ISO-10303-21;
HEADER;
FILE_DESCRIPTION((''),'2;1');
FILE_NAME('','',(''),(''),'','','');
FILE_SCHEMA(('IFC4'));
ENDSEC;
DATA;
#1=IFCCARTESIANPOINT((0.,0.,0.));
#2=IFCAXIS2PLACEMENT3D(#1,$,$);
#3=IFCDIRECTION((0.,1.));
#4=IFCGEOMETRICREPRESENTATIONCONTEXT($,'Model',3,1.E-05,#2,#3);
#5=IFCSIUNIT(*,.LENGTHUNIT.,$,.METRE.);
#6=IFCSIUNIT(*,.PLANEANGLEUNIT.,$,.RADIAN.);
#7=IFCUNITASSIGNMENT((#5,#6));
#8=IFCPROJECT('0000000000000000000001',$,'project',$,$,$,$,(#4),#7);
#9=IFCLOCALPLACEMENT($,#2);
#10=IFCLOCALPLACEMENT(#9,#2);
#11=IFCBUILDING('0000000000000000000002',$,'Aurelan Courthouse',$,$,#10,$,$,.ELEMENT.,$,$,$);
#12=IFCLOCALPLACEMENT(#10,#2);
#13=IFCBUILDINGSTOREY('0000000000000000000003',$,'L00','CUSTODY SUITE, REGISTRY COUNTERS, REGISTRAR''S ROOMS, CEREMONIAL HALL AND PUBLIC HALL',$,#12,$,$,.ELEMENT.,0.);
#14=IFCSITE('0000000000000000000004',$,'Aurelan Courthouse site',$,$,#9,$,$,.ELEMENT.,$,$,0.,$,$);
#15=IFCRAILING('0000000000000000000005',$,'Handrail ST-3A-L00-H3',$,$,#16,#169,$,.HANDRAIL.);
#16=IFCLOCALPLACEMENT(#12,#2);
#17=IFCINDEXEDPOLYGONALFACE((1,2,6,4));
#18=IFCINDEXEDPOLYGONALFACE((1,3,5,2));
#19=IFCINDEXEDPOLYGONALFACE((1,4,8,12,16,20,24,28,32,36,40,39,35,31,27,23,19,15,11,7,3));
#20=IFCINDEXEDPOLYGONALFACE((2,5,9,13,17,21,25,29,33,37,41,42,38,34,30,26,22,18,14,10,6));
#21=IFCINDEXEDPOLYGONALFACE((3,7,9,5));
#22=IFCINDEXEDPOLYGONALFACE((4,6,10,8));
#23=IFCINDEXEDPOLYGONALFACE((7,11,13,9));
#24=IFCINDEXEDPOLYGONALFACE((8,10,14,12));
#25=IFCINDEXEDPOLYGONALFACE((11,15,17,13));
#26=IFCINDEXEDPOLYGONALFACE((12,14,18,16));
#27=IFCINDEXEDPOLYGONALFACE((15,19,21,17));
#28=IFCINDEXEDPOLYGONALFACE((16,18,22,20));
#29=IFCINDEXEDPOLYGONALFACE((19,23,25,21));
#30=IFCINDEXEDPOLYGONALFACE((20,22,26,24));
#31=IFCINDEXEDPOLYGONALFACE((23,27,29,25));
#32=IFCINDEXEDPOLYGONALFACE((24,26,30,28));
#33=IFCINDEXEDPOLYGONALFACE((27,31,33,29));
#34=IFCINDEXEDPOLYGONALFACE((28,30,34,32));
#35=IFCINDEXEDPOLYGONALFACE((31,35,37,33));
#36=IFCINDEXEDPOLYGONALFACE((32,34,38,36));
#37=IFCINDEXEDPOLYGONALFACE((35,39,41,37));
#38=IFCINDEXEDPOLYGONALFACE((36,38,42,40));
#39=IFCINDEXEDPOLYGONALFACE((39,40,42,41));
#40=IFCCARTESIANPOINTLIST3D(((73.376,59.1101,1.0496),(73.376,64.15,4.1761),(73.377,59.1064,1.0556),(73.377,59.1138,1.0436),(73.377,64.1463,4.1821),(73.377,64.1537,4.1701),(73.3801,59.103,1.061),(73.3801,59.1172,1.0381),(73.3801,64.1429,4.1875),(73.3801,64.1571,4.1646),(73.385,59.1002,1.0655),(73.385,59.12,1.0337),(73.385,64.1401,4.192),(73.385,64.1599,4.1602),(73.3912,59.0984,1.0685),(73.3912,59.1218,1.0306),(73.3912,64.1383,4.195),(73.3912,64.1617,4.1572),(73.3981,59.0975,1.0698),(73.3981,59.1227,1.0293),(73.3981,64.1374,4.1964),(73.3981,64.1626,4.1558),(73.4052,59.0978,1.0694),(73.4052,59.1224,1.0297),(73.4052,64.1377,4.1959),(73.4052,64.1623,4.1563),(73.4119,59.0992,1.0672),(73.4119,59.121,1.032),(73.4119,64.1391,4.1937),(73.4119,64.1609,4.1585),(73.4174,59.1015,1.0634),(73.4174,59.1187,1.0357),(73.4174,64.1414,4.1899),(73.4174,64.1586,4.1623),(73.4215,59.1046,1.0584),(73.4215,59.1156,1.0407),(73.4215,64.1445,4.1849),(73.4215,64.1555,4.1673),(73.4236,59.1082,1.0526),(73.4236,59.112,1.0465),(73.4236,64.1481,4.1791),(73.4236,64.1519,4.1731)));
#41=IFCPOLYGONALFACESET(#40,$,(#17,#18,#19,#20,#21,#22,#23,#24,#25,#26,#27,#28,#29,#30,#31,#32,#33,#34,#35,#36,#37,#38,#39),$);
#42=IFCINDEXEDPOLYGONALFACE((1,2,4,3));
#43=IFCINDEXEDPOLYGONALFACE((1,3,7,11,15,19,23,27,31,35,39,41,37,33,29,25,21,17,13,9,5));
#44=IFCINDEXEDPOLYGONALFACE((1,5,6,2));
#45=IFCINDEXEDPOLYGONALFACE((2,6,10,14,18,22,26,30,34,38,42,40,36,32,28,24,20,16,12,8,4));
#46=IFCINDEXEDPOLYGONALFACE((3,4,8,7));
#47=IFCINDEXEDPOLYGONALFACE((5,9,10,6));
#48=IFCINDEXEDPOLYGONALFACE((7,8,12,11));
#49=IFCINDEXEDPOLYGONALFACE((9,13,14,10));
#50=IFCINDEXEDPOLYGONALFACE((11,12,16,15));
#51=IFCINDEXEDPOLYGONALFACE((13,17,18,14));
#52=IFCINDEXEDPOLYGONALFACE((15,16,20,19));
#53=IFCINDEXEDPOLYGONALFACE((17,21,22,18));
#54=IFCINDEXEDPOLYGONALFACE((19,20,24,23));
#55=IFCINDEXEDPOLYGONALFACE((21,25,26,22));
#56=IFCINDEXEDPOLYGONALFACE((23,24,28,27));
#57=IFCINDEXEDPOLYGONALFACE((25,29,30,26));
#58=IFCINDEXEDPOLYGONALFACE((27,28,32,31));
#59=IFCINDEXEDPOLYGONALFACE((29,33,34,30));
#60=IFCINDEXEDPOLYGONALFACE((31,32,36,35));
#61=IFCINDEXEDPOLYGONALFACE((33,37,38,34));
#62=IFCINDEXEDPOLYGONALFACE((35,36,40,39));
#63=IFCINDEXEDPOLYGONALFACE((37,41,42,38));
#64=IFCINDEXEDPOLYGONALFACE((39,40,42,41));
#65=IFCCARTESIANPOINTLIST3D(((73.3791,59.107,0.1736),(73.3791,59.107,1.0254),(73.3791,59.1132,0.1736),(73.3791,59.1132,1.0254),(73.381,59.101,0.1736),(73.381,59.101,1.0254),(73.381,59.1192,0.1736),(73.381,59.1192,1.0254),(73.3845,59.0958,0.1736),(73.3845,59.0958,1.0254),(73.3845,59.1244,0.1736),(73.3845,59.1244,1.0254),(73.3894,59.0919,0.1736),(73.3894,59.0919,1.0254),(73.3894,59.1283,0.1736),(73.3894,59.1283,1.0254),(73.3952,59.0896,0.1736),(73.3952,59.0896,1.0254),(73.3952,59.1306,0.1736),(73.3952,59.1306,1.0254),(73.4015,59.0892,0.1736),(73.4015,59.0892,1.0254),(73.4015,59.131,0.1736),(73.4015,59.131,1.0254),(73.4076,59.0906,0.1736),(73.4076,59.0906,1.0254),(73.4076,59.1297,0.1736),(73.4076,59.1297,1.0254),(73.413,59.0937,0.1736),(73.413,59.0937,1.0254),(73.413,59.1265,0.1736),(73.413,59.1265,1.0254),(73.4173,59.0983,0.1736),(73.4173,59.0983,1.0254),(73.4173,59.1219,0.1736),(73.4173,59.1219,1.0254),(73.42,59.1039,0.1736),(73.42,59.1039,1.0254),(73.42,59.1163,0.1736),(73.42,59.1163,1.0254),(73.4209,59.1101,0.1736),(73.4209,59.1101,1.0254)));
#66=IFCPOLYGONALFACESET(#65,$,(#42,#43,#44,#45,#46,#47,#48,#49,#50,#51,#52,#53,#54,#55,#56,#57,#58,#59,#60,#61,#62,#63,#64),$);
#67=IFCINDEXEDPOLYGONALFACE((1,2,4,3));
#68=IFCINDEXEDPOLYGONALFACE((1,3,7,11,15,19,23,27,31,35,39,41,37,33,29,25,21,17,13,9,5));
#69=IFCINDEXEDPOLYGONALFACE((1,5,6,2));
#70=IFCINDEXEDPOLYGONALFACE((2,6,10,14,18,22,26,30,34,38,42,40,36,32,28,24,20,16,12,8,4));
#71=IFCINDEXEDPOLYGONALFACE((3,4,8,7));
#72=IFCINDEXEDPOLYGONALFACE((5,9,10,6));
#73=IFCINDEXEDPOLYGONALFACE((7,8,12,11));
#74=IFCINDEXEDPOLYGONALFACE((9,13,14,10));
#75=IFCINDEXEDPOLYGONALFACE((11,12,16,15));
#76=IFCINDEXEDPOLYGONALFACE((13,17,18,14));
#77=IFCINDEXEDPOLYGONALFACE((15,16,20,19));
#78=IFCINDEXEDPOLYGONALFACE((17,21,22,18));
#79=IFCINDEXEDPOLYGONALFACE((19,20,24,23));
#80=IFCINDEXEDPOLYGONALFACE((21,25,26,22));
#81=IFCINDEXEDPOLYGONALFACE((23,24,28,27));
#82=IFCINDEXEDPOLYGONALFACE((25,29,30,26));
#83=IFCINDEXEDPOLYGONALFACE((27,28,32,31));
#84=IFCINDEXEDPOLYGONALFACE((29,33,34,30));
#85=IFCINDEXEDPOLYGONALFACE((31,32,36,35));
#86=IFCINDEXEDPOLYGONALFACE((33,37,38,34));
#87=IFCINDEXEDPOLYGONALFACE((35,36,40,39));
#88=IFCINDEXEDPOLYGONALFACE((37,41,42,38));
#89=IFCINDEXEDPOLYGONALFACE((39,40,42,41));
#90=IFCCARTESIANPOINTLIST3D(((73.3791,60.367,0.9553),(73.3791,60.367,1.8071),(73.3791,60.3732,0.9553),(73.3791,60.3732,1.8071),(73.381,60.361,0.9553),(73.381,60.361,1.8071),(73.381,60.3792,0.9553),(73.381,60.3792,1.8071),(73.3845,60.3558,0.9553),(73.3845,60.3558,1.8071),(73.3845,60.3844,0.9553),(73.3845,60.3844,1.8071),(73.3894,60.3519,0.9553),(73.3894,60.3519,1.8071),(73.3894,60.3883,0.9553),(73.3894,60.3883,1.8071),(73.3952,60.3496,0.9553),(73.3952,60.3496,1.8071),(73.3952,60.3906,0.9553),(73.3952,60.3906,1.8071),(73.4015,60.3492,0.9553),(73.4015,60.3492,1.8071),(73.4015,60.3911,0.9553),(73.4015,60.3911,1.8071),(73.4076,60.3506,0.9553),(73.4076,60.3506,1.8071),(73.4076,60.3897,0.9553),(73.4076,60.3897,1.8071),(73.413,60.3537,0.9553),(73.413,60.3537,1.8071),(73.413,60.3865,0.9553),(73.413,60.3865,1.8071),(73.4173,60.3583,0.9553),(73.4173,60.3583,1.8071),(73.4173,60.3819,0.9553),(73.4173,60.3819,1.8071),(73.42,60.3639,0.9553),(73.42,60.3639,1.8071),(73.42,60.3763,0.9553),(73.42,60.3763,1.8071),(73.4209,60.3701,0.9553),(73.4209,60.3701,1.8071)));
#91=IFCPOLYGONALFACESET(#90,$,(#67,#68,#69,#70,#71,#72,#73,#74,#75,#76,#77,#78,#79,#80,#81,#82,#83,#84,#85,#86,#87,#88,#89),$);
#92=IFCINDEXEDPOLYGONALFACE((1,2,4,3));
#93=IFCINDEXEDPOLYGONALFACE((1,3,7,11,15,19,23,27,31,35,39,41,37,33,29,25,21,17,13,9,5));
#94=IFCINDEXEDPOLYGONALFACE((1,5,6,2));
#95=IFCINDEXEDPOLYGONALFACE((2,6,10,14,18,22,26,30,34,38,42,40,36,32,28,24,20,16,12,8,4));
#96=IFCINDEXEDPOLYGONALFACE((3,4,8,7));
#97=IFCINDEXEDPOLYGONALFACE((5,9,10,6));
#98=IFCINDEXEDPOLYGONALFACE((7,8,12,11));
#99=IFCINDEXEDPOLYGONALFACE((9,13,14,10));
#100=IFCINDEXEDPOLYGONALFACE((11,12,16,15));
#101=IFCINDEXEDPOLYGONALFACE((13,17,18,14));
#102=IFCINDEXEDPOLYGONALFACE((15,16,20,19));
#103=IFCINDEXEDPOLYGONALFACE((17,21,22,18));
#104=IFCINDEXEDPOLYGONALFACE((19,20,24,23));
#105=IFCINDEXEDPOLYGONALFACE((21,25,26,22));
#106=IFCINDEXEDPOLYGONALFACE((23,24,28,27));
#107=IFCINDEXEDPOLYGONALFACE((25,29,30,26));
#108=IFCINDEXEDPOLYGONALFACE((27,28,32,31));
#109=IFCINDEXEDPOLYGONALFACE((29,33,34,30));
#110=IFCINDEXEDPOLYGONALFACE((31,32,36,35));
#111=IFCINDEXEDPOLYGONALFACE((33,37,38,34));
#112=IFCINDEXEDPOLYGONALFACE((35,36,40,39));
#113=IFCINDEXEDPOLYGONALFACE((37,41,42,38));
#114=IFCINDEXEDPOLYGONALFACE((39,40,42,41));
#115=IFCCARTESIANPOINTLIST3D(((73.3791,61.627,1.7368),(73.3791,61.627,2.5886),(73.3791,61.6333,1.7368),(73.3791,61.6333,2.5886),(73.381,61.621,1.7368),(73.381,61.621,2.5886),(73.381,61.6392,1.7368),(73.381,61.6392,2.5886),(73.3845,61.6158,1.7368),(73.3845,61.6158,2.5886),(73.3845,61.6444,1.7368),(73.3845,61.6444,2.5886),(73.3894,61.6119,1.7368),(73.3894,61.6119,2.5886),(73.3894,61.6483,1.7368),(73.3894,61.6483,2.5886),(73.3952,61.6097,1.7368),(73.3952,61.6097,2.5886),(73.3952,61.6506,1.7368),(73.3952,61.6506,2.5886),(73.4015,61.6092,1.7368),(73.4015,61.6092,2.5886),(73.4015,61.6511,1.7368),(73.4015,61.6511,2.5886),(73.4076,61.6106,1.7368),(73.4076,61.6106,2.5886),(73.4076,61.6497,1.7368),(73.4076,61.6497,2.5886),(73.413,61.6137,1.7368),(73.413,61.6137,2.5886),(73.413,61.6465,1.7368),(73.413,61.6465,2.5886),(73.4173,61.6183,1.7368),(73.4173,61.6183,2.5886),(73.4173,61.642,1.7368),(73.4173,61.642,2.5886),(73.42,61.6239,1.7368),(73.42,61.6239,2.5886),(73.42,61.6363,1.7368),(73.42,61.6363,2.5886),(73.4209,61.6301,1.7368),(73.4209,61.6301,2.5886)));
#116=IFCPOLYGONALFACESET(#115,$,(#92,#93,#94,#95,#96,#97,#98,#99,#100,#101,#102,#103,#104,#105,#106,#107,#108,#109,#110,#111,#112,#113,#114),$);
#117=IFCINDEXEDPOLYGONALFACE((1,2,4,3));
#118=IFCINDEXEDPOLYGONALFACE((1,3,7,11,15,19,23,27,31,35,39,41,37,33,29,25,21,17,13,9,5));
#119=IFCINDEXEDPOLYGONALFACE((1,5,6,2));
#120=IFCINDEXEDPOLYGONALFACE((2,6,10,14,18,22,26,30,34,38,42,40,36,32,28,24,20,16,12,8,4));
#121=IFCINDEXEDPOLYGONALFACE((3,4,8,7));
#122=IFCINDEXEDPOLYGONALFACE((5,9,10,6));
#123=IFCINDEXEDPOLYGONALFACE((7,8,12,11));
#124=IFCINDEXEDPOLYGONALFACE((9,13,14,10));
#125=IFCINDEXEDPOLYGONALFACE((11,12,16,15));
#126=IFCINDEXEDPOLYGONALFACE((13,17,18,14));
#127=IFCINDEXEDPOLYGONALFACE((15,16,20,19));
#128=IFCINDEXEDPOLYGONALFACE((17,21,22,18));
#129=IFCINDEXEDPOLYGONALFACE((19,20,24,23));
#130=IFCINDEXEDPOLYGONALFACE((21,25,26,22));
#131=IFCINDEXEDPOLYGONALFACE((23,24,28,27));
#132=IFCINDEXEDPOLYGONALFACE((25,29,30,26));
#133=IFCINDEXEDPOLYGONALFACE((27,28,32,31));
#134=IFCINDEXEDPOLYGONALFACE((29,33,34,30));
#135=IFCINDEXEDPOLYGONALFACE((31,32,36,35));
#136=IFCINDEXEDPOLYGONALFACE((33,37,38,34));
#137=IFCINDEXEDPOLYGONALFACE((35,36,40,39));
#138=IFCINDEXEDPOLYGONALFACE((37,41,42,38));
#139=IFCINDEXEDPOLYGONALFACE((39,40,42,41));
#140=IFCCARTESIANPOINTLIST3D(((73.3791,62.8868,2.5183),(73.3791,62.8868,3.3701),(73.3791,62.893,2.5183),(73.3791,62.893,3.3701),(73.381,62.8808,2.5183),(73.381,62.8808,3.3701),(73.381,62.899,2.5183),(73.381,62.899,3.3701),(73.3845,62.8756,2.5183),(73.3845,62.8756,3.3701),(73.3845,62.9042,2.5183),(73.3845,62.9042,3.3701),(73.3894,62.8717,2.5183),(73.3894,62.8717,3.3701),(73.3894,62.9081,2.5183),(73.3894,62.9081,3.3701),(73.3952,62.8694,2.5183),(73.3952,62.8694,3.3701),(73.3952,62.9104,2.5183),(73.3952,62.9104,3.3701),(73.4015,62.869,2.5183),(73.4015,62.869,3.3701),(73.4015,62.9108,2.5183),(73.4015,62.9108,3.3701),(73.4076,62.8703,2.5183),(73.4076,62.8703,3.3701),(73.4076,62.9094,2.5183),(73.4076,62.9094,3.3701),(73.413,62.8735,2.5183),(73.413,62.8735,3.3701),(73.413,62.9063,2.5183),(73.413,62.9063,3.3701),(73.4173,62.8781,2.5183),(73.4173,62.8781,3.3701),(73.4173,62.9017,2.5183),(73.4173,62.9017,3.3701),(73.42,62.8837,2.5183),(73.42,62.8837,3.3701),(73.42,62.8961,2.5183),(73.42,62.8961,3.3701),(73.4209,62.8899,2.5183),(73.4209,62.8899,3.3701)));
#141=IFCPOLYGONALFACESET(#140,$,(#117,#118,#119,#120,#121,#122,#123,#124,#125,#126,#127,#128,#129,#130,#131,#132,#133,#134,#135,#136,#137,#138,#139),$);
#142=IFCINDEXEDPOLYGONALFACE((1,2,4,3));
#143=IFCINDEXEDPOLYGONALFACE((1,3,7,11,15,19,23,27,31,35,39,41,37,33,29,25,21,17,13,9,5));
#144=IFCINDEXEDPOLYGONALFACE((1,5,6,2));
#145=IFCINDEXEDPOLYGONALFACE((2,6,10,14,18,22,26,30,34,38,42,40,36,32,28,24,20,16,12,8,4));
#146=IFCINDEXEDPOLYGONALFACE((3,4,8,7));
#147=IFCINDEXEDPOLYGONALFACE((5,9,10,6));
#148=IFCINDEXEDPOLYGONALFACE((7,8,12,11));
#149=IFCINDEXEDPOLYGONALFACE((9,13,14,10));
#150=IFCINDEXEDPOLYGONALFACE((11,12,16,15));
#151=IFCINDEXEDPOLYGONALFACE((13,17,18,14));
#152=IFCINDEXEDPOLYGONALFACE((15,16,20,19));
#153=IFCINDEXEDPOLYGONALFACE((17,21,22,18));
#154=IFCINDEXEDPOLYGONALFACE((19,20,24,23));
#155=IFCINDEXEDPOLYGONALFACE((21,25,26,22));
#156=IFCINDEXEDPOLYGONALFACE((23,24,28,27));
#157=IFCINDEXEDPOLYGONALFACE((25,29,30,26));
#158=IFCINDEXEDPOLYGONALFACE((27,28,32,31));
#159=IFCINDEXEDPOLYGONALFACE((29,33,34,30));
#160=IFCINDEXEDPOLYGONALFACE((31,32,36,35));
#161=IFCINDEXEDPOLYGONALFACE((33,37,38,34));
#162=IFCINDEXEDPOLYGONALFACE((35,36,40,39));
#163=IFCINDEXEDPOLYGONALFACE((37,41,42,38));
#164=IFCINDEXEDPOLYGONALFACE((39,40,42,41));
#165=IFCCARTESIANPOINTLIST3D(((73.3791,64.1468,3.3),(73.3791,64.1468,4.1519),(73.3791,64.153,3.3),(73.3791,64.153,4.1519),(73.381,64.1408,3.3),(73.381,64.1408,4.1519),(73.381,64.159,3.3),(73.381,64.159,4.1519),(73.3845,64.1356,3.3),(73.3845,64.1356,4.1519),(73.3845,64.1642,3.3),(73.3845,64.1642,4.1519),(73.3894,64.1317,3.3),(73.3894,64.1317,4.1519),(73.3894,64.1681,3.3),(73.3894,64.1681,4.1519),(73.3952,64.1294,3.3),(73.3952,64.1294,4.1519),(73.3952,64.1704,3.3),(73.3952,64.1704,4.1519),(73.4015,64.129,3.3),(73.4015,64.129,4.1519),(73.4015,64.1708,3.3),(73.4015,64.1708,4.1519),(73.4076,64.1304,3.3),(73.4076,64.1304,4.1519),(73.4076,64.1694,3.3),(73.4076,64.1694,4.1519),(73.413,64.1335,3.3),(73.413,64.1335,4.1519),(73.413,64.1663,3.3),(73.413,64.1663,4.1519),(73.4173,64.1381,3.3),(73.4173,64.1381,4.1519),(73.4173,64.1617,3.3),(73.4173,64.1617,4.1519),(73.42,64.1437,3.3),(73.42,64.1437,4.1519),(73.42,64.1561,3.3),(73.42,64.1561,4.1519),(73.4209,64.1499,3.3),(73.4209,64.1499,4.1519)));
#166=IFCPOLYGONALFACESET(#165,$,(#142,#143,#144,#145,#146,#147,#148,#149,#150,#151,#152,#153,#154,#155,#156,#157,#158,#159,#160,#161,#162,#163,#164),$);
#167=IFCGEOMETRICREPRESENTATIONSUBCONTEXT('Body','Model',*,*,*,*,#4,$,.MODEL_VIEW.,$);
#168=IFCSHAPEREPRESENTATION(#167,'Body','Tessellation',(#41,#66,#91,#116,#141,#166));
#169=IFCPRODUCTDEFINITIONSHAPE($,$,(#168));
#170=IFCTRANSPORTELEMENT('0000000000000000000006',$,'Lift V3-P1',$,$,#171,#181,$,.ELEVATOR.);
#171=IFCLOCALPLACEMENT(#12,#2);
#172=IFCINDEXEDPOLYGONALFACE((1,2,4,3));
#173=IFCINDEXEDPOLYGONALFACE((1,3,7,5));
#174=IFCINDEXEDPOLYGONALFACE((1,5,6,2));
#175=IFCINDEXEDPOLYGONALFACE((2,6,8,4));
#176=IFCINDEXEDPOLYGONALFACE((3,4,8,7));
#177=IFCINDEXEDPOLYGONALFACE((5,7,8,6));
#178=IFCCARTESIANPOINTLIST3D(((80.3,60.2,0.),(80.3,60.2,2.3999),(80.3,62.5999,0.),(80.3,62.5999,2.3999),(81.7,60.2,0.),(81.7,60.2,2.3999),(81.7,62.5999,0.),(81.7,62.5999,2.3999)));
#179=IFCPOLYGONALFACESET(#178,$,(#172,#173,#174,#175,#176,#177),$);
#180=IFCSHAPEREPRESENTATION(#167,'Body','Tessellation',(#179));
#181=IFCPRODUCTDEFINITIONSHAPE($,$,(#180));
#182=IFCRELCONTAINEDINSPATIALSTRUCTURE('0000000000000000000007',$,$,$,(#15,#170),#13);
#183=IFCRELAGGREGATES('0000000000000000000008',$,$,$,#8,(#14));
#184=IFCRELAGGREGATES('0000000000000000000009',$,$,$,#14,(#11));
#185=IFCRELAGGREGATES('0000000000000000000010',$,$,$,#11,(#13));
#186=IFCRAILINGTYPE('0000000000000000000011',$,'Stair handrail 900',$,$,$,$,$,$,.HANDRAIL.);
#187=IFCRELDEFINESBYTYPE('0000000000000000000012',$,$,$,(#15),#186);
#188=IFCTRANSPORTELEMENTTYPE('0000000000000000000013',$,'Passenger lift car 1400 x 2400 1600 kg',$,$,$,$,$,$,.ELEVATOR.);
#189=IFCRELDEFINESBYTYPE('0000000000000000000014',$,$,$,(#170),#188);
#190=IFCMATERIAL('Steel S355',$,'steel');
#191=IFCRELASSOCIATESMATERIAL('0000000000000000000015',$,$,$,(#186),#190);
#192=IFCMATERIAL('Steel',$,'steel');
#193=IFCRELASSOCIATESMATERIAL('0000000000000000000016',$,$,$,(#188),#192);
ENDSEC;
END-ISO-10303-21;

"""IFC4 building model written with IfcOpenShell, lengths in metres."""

from ifc_helpers import new_model, si_unit, direction, frame, origin, origin_2d, place, context, subcontext, project, spatial, rectangle, circle, extrude, material, type_object, element, save


model = new_model("IFC4")

# Units and contexts
model_context = context("Model", 3, precision=1e-05, world=origin(), true_north=direction((0.0, 1.0)))
body_context = subcontext(model_context, "Body", "Model", "MODEL_VIEW")
ifc_project = project(units=[si_unit("LENGTHUNIT", "METRE"), si_unit("PLANEANGLEUNIT", "RADIAN")], contexts=[model_context])

# Site, building, storey
site_placement = place(None, origin())
site = spatial("IfcSite", under=ifc_project, at=site_placement, Name="Aurelan Courthouse site", CompositionType="ELEMENT", RefElevation=0.0)
building_placement = place(site_placement, origin())
building = spatial("IfcBuilding", under=site, at=building_placement, Name="Aurelan Courthouse", CompositionType="ELEMENT")
storey_placement = place(building_placement, origin())
storey = spatial("IfcBuildingStorey", under=building, at=storey_placement, Name="L00", Description="CUSTODY SUITE, REGISTRY COUNTERS, REGISTRAR'S ROOMS, CEREMONIAL HALL AND PUBLIC HALL", CompositionType="ELEMENT", Elevation=0.0)

# Shared definitions
ifc_material_1 = material(Name="Steel", Category="steel")

# Railing
ifc_material_2 = material(Name="Steel S355", Category="steel")
railing_type = type_object("IfcRailingType", Name="Stair handrail 900", PredefinedType="HANDRAIL", material=ifc_material_2)
for number, where, name in (
    (1, (73.3999, 59.1101, 0.1736), "Handrail ST-3A-L00-H3"),
):
    element("IfcRailing", number, at=place(storey_placement, frame(where)), inside=storey, type_object=railing_type, Name=name, PredefinedType="HANDRAIL", context=body_context, shape_type="SweptSolid", body=[
        extrude(circle(Radius=0.0239, at=origin_2d()), frame((0.0, 0.0, 0.876), z_axis=(0.0, 0.849767, 0.527158), x_axis=(-1.0, 0.0, 0.0)), (0.0, 0.0, 1.0), 5.9309),
        extrude(circle(Radius=0.021, at=origin_2d()), origin(), (0.0, 0.0, 1.0), 0.8518),
        extrude(circle(Radius=0.021, at=origin_2d()), frame((0.0, 1.26, 0.7817)), (0.0, 0.0, 1.0), 0.8518),
        extrude(circle(Radius=0.021, at=origin_2d()), frame((0.0, 2.52, 1.5632)), (0.0, 0.0, 1.0), 0.8518),
        extrude(circle(Radius=0.021, at=origin_2d()), frame((0.0, 3.7798, 2.3447)), (0.0, 0.0, 1.0), 0.8518),
        extrude(circle(Radius=0.021, at=origin_2d()), frame((0.0, 5.0398, 3.1265)), (0.0, 0.0, 1.0), 0.8518),
    ])

# Transport element
transport_element_type = type_object("IfcTransportElementType", Name="Passenger lift car 1400 x 2400 1600 kg", PredefinedType="ELEVATOR", material=ifc_material_1)
transport_element_placement = place(storey_placement, frame((81.0, 61.3999, 0.0), z_axis=(0.0, 0.0, 1.0), x_axis=(1.0, 0.0, 0.0)))
element("IfcTransportElement", 2, at=transport_element_placement, inside=storey, type_object=transport_element_type, Name="Lift V3-P1", PredefinedType="ELEVATOR", context=body_context, shape_type="SweptSolid", body=[
    extrude(rectangle(XDim=1.3999, YDim=2.3999, at=origin_2d()), origin(), (0.0, 0.0, 1.0), 2.3999),
])

save(model, "model.ifc")
